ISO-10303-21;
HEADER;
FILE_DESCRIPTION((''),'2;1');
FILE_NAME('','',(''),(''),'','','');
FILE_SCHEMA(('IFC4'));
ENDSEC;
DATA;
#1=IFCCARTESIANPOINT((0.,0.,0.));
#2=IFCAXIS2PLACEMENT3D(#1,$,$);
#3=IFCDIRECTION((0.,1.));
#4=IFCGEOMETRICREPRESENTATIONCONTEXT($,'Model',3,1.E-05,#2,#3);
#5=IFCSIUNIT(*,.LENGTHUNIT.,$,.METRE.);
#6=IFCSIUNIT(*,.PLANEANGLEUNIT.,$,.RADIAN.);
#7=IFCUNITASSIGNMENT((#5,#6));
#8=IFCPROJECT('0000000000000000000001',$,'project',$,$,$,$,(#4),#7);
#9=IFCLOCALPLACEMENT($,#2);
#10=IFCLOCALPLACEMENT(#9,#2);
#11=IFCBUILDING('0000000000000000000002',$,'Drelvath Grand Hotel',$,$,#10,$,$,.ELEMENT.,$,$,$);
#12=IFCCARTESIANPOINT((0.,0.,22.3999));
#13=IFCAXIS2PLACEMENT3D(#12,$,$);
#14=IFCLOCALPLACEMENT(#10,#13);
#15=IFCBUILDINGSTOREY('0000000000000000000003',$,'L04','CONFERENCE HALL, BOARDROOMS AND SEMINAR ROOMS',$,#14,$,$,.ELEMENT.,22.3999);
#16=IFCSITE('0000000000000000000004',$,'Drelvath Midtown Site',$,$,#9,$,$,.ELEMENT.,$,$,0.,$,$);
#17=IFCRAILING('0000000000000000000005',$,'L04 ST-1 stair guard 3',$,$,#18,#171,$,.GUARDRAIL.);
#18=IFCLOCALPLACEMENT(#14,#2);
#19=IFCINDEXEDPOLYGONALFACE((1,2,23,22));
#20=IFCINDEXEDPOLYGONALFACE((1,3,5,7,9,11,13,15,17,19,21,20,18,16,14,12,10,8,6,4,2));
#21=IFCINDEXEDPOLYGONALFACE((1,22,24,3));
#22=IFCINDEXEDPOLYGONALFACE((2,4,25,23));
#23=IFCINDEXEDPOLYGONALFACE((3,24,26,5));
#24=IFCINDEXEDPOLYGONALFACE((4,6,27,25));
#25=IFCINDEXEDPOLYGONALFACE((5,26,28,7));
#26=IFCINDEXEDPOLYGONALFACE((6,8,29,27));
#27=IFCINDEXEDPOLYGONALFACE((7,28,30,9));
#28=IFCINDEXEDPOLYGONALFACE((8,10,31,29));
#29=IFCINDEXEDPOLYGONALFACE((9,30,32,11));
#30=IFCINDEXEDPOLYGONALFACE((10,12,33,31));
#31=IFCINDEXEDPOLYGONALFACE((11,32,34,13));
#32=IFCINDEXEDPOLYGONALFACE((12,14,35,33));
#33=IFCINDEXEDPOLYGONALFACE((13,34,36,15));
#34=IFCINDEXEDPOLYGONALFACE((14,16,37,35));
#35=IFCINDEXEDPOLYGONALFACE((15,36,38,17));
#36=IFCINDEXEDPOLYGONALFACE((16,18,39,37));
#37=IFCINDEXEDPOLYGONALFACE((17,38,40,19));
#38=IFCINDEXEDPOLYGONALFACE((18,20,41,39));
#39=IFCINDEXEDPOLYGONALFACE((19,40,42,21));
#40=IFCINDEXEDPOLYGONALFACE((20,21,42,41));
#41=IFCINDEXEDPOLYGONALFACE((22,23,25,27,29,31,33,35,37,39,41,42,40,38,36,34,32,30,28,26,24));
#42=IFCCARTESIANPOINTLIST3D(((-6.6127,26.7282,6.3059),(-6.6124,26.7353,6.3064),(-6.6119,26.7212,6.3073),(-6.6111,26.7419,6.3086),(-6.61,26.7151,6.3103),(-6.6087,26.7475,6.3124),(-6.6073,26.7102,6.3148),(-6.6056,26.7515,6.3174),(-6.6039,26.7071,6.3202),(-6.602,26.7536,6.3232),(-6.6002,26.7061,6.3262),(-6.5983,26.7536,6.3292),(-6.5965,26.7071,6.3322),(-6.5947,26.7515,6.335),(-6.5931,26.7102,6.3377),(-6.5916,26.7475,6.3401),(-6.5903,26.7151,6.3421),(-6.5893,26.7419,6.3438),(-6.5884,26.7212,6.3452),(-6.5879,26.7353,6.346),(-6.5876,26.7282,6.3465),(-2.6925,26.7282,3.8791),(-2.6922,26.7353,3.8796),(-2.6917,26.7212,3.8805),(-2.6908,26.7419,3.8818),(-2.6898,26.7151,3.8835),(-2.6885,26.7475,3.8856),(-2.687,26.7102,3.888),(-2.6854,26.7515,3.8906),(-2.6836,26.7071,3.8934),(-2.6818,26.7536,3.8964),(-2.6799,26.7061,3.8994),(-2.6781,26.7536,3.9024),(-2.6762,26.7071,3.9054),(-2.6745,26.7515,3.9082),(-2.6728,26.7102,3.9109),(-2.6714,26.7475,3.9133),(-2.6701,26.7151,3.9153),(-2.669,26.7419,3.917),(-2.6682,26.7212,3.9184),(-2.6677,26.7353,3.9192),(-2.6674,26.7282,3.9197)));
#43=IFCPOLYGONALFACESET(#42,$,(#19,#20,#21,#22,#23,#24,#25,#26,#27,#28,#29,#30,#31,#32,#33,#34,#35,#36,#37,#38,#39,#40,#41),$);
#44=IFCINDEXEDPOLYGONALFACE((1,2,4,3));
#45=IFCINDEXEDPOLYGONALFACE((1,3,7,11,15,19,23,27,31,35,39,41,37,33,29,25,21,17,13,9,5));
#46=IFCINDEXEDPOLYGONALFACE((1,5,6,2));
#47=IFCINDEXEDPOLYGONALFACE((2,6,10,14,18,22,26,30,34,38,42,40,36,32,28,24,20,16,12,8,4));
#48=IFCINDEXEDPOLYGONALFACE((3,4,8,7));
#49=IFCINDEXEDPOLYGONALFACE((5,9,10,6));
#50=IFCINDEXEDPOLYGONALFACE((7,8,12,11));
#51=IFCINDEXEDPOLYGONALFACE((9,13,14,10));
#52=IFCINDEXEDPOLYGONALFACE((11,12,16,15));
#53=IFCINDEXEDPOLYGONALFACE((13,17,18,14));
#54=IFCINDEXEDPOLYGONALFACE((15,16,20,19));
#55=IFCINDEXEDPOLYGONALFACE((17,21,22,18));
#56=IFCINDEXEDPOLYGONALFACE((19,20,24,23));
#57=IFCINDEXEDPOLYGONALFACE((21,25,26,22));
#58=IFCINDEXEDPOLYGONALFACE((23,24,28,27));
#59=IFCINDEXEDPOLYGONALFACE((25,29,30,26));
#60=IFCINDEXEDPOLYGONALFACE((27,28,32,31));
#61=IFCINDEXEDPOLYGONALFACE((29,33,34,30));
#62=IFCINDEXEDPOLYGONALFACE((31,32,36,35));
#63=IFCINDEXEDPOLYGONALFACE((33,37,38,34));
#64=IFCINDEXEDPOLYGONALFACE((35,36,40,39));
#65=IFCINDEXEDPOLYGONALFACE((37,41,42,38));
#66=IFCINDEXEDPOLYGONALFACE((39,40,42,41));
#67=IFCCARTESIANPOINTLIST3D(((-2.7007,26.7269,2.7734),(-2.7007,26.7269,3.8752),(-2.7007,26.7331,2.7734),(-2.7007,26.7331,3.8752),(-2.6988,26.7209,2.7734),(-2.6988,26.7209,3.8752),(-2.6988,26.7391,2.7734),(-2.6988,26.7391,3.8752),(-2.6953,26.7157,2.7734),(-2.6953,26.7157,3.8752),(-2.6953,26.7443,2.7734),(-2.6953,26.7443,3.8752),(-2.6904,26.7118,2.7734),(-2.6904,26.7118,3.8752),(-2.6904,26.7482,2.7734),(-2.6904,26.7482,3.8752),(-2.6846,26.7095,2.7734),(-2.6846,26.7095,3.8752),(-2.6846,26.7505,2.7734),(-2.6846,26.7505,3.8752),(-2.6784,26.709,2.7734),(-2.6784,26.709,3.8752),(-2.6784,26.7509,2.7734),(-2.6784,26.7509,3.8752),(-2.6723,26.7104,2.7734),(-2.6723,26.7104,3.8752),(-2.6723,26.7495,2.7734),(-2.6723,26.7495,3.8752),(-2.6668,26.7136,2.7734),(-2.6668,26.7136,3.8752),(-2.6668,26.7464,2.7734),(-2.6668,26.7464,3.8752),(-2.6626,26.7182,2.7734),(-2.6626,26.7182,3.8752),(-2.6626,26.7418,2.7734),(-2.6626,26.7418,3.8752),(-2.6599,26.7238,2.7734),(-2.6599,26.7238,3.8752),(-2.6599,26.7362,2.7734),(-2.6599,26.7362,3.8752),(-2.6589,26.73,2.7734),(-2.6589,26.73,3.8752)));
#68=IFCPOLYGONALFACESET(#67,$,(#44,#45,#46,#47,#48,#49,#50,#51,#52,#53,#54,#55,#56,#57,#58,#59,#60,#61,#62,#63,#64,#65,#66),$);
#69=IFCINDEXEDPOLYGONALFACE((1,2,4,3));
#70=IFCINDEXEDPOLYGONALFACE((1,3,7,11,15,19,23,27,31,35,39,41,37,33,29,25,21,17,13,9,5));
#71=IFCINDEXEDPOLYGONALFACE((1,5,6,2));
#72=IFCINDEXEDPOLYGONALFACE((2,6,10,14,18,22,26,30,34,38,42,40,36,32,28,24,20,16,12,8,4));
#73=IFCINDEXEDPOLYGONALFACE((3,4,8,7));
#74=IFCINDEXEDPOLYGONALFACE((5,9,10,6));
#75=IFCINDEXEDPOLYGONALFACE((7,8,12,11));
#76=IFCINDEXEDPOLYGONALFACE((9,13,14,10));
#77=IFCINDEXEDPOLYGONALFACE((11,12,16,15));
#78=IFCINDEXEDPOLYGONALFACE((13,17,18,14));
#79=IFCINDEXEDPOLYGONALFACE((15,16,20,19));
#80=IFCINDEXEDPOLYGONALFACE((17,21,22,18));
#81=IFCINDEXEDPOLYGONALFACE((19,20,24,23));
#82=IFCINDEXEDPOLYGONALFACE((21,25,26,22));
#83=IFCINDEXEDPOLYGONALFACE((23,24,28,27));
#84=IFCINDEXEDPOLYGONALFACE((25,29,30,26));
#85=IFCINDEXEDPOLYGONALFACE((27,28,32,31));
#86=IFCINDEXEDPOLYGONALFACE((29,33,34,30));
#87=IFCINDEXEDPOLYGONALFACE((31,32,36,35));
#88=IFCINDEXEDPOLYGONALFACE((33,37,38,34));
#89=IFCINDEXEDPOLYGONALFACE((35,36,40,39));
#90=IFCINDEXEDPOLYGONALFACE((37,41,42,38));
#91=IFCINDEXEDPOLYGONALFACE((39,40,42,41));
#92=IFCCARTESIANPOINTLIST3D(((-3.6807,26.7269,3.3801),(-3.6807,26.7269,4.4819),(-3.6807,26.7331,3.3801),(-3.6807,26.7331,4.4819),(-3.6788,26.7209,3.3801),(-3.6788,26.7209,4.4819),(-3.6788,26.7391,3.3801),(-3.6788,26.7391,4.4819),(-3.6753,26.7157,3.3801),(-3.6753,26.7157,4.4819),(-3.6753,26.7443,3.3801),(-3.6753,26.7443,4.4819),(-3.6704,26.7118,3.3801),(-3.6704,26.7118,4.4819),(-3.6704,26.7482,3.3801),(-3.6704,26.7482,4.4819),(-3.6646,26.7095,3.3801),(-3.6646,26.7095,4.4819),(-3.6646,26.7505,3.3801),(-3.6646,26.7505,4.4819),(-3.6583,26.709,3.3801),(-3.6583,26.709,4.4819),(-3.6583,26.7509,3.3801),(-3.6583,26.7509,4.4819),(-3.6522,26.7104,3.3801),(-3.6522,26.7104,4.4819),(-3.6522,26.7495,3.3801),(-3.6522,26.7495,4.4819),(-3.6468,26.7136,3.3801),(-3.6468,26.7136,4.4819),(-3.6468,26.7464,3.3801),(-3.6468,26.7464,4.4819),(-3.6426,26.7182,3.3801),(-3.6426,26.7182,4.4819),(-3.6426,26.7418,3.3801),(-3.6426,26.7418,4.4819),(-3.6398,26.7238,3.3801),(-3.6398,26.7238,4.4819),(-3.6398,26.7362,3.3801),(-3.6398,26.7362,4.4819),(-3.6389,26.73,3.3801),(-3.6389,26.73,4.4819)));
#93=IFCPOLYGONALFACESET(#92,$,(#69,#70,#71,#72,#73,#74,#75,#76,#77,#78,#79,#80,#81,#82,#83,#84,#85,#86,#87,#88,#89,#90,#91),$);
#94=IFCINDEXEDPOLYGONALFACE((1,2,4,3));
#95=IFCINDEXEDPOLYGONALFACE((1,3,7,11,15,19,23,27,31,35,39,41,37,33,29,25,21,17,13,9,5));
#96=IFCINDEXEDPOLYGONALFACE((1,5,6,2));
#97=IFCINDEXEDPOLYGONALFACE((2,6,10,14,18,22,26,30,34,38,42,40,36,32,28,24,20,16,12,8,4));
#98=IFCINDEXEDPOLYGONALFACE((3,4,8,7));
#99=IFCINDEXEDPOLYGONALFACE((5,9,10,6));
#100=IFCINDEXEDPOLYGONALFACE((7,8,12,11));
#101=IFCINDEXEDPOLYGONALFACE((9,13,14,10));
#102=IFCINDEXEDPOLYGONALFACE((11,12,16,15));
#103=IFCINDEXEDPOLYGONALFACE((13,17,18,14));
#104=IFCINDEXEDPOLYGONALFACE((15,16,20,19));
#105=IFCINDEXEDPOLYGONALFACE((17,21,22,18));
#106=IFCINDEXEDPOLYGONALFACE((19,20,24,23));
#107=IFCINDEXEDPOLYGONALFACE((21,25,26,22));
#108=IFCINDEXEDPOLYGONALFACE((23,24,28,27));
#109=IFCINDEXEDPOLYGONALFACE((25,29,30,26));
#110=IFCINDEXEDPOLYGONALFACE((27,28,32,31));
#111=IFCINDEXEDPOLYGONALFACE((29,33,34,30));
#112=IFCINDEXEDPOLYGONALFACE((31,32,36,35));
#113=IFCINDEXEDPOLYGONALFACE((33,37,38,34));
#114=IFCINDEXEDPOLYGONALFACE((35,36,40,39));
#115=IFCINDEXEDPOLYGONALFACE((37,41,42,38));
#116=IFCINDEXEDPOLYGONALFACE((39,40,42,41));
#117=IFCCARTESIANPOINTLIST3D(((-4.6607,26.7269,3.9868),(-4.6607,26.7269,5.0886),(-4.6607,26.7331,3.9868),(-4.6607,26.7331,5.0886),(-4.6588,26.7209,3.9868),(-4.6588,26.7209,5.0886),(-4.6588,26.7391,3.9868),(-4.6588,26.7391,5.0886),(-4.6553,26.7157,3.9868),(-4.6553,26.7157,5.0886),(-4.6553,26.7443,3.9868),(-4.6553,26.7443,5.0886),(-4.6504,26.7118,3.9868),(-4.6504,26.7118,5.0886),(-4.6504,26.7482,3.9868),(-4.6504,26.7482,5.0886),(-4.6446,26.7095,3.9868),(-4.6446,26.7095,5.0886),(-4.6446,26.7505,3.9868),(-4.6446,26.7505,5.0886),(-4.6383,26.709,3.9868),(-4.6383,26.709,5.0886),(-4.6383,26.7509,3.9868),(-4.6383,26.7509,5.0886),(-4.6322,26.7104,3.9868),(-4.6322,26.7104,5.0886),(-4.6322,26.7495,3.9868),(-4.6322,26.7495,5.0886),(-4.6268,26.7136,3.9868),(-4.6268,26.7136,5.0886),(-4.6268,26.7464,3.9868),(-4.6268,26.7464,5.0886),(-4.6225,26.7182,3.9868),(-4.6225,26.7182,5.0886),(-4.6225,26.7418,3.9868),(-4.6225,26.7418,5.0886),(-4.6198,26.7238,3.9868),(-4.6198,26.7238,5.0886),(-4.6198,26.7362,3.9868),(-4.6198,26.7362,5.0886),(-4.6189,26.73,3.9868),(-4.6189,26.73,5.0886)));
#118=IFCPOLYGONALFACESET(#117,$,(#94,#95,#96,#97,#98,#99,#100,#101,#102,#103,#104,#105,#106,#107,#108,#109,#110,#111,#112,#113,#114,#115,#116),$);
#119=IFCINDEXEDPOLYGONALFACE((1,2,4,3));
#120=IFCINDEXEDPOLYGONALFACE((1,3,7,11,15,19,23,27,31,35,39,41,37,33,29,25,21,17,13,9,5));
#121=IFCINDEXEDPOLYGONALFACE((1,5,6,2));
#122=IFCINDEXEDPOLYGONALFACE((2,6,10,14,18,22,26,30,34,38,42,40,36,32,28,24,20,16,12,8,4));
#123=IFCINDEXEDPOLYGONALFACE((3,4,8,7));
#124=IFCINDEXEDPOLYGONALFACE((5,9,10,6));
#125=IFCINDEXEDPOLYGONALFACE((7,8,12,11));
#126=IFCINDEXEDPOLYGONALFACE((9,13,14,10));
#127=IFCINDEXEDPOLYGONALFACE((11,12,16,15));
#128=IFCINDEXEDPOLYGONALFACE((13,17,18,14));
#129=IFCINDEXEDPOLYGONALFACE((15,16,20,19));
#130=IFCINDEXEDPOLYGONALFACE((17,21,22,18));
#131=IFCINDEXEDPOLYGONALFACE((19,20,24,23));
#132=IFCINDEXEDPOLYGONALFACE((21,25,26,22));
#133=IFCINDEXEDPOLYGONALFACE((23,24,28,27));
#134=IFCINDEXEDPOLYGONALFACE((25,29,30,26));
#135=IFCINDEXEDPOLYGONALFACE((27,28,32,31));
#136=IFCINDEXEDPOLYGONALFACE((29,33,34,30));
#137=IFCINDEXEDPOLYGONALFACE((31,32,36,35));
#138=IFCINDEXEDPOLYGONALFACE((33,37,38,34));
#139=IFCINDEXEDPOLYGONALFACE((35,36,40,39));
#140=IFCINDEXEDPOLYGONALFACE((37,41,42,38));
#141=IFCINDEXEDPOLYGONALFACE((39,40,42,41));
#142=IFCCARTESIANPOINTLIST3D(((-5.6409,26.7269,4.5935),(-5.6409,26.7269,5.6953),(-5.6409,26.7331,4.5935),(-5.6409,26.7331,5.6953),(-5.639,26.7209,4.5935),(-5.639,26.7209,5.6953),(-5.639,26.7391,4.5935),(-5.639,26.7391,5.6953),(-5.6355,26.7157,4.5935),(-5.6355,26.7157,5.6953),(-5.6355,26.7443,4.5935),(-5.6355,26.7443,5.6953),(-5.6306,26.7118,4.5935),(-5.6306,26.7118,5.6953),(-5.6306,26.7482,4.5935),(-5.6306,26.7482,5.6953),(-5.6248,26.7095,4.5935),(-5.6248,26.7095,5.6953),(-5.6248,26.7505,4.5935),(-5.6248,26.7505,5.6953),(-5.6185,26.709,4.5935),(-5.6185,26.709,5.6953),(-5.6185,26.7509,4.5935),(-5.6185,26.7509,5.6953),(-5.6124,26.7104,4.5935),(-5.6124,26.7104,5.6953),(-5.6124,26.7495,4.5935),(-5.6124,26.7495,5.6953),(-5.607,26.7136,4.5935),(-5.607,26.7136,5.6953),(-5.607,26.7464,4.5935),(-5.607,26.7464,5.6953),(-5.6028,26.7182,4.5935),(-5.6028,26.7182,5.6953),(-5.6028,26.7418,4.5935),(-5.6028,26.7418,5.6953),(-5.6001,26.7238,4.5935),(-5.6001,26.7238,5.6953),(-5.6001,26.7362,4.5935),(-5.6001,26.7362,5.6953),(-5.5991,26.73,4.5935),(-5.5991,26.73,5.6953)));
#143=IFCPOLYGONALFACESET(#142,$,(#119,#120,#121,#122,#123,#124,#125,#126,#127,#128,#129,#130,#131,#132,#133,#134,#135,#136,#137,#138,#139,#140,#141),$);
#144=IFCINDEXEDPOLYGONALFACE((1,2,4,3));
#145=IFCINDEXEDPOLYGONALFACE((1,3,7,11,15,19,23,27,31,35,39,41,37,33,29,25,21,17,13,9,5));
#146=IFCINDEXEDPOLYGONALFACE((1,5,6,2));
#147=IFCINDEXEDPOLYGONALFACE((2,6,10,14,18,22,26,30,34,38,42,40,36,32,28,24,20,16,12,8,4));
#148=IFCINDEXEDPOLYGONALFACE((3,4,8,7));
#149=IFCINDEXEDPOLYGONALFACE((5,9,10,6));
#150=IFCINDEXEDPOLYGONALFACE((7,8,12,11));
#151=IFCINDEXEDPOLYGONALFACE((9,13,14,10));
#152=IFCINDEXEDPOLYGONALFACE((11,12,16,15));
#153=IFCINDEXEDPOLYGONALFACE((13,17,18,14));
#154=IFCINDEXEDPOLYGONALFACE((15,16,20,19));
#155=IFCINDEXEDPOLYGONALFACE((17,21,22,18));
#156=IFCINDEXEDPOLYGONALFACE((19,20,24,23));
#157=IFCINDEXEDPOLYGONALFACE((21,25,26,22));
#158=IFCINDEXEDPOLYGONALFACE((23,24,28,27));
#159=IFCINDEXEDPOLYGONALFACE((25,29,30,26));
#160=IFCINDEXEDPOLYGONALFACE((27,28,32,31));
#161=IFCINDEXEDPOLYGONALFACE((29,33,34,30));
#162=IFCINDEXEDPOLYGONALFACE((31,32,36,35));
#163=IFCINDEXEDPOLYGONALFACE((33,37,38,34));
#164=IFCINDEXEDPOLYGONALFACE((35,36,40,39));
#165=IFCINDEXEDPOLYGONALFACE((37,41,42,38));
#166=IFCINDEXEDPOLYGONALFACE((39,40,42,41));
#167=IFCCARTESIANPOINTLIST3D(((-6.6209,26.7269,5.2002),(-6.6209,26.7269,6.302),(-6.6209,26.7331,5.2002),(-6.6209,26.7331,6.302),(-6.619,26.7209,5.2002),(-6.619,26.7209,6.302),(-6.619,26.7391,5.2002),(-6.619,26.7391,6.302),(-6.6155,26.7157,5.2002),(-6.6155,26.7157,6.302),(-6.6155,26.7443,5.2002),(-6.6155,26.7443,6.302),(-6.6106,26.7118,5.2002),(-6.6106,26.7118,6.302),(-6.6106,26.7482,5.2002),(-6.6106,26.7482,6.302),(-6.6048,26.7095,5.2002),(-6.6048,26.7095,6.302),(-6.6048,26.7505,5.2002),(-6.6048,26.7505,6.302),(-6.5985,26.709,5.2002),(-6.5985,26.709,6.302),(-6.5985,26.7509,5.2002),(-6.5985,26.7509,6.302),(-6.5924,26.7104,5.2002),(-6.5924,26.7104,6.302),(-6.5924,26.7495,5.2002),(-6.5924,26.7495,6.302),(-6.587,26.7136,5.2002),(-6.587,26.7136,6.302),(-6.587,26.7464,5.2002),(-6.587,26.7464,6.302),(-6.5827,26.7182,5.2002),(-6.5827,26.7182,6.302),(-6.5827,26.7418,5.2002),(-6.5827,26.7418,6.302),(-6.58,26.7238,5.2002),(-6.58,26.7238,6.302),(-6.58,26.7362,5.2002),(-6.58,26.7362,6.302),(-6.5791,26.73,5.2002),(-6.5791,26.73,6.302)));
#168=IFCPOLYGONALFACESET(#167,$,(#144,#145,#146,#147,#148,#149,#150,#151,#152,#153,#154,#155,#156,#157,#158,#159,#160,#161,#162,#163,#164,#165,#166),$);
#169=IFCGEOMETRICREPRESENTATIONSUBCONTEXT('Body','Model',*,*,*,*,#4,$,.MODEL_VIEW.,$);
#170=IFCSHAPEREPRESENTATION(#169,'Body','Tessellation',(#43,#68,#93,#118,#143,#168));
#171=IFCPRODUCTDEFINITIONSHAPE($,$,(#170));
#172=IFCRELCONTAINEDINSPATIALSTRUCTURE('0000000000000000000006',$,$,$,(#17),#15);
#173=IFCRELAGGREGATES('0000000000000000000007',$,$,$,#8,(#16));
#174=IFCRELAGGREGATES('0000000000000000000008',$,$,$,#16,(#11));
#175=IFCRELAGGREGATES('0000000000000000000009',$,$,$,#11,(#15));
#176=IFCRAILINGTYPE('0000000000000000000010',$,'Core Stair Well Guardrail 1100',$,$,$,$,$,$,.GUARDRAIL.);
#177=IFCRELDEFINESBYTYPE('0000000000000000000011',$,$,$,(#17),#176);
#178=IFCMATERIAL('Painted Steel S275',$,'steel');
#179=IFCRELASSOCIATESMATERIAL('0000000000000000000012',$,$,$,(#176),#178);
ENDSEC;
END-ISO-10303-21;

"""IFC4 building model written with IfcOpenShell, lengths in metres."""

from ifc_helpers import new_model, si_unit, direction, frame, origin, origin_2d, place, context, subcontext, project, spatial, circle, extrude, material, type_object, element, save


model = new_model("IFC4")

# Units and contexts
model_context = context("Model", 3, precision=1e-05, world=origin(), true_north=direction((0.0, 1.0)))
body_context = subcontext(model_context, "Body", "Model", "MODEL_VIEW")
ifc_project = project(units=[si_unit("LENGTHUNIT", "METRE"), si_unit("PLANEANGLEUNIT", "RADIAN")], contexts=[model_context])

# Site, building, storey
site_placement = place(None, origin())
site = spatial("IfcSite", under=ifc_project, at=site_placement, Name="Drelvath Midtown Site", CompositionType="ELEMENT", RefElevation=0.0)
building_placement = place(site_placement, origin())
building = spatial("IfcBuilding", under=site, at=building_placement, Name="Drelvath Grand Hotel", CompositionType="ELEMENT")
storey_placement = place(building_placement, frame((0.0, 0.0, 22.3999)))
storey = spatial("IfcBuildingStorey", under=building, at=storey_placement, Name="L04", Description="CONFERENCE HALL, BOARDROOMS AND SEMINAR ROOMS", CompositionType="ELEMENT", Elevation=22.3999)

# Shared definitions
ifc_material_1 = material(Name="Painted Steel S275", Category="steel")

# Railing
railing_type_1 = type_object("IfcRailingType", Name="Core Stair Well Guardrail 1100", PredefinedType="GUARDRAIL", material=ifc_material_1)
railing_1_placement = place(storey_placement, frame((-2.6799, 26.73, 2.7734)))
element("IfcRailing", 1, at=railing_1_placement, inside=storey, type_object=railing_type_1, Name="L04 ST-1 stair guard 3", PredefinedType="GUARDRAIL", context=body_context, shape_type="SweptSolid", body=[
    extrude(circle(Radius=0.0239, at=origin_2d()), frame((0.0, 0.0, 1.126), z_axis=(-0.850266, 0.0, 0.526353), x_axis=(0.0, -1.0, 0.0)), (0.0, 0.0, 1.0), 4.6106),
    extrude(circle(Radius=0.021, at=origin_2d()), origin(), (0.0, 0.0, 1.0), 1.1018),
    extrude(circle(Radius=0.021, at=origin_2d()), frame((-0.98, 0.0, 0.6067)), (0.0, 0.0, 1.0), 1.1018),
    extrude(circle(Radius=0.021, at=origin_2d()), frame((-1.96, 0.0, 1.2134)), (0.0, 0.0, 1.0), 1.1018),
    extrude(circle(Radius=0.021, at=origin_2d()), frame((-2.9402, 0.0, 1.8201)), (0.0, 0.0, 1.0), 1.1018),
    extrude(circle(Radius=0.021, at=origin_2d()), frame((-3.9202, 0.0, 2.4268)), (0.0, 0.0, 1.0), 1.1018),
])

save(model, "model.ifc")
